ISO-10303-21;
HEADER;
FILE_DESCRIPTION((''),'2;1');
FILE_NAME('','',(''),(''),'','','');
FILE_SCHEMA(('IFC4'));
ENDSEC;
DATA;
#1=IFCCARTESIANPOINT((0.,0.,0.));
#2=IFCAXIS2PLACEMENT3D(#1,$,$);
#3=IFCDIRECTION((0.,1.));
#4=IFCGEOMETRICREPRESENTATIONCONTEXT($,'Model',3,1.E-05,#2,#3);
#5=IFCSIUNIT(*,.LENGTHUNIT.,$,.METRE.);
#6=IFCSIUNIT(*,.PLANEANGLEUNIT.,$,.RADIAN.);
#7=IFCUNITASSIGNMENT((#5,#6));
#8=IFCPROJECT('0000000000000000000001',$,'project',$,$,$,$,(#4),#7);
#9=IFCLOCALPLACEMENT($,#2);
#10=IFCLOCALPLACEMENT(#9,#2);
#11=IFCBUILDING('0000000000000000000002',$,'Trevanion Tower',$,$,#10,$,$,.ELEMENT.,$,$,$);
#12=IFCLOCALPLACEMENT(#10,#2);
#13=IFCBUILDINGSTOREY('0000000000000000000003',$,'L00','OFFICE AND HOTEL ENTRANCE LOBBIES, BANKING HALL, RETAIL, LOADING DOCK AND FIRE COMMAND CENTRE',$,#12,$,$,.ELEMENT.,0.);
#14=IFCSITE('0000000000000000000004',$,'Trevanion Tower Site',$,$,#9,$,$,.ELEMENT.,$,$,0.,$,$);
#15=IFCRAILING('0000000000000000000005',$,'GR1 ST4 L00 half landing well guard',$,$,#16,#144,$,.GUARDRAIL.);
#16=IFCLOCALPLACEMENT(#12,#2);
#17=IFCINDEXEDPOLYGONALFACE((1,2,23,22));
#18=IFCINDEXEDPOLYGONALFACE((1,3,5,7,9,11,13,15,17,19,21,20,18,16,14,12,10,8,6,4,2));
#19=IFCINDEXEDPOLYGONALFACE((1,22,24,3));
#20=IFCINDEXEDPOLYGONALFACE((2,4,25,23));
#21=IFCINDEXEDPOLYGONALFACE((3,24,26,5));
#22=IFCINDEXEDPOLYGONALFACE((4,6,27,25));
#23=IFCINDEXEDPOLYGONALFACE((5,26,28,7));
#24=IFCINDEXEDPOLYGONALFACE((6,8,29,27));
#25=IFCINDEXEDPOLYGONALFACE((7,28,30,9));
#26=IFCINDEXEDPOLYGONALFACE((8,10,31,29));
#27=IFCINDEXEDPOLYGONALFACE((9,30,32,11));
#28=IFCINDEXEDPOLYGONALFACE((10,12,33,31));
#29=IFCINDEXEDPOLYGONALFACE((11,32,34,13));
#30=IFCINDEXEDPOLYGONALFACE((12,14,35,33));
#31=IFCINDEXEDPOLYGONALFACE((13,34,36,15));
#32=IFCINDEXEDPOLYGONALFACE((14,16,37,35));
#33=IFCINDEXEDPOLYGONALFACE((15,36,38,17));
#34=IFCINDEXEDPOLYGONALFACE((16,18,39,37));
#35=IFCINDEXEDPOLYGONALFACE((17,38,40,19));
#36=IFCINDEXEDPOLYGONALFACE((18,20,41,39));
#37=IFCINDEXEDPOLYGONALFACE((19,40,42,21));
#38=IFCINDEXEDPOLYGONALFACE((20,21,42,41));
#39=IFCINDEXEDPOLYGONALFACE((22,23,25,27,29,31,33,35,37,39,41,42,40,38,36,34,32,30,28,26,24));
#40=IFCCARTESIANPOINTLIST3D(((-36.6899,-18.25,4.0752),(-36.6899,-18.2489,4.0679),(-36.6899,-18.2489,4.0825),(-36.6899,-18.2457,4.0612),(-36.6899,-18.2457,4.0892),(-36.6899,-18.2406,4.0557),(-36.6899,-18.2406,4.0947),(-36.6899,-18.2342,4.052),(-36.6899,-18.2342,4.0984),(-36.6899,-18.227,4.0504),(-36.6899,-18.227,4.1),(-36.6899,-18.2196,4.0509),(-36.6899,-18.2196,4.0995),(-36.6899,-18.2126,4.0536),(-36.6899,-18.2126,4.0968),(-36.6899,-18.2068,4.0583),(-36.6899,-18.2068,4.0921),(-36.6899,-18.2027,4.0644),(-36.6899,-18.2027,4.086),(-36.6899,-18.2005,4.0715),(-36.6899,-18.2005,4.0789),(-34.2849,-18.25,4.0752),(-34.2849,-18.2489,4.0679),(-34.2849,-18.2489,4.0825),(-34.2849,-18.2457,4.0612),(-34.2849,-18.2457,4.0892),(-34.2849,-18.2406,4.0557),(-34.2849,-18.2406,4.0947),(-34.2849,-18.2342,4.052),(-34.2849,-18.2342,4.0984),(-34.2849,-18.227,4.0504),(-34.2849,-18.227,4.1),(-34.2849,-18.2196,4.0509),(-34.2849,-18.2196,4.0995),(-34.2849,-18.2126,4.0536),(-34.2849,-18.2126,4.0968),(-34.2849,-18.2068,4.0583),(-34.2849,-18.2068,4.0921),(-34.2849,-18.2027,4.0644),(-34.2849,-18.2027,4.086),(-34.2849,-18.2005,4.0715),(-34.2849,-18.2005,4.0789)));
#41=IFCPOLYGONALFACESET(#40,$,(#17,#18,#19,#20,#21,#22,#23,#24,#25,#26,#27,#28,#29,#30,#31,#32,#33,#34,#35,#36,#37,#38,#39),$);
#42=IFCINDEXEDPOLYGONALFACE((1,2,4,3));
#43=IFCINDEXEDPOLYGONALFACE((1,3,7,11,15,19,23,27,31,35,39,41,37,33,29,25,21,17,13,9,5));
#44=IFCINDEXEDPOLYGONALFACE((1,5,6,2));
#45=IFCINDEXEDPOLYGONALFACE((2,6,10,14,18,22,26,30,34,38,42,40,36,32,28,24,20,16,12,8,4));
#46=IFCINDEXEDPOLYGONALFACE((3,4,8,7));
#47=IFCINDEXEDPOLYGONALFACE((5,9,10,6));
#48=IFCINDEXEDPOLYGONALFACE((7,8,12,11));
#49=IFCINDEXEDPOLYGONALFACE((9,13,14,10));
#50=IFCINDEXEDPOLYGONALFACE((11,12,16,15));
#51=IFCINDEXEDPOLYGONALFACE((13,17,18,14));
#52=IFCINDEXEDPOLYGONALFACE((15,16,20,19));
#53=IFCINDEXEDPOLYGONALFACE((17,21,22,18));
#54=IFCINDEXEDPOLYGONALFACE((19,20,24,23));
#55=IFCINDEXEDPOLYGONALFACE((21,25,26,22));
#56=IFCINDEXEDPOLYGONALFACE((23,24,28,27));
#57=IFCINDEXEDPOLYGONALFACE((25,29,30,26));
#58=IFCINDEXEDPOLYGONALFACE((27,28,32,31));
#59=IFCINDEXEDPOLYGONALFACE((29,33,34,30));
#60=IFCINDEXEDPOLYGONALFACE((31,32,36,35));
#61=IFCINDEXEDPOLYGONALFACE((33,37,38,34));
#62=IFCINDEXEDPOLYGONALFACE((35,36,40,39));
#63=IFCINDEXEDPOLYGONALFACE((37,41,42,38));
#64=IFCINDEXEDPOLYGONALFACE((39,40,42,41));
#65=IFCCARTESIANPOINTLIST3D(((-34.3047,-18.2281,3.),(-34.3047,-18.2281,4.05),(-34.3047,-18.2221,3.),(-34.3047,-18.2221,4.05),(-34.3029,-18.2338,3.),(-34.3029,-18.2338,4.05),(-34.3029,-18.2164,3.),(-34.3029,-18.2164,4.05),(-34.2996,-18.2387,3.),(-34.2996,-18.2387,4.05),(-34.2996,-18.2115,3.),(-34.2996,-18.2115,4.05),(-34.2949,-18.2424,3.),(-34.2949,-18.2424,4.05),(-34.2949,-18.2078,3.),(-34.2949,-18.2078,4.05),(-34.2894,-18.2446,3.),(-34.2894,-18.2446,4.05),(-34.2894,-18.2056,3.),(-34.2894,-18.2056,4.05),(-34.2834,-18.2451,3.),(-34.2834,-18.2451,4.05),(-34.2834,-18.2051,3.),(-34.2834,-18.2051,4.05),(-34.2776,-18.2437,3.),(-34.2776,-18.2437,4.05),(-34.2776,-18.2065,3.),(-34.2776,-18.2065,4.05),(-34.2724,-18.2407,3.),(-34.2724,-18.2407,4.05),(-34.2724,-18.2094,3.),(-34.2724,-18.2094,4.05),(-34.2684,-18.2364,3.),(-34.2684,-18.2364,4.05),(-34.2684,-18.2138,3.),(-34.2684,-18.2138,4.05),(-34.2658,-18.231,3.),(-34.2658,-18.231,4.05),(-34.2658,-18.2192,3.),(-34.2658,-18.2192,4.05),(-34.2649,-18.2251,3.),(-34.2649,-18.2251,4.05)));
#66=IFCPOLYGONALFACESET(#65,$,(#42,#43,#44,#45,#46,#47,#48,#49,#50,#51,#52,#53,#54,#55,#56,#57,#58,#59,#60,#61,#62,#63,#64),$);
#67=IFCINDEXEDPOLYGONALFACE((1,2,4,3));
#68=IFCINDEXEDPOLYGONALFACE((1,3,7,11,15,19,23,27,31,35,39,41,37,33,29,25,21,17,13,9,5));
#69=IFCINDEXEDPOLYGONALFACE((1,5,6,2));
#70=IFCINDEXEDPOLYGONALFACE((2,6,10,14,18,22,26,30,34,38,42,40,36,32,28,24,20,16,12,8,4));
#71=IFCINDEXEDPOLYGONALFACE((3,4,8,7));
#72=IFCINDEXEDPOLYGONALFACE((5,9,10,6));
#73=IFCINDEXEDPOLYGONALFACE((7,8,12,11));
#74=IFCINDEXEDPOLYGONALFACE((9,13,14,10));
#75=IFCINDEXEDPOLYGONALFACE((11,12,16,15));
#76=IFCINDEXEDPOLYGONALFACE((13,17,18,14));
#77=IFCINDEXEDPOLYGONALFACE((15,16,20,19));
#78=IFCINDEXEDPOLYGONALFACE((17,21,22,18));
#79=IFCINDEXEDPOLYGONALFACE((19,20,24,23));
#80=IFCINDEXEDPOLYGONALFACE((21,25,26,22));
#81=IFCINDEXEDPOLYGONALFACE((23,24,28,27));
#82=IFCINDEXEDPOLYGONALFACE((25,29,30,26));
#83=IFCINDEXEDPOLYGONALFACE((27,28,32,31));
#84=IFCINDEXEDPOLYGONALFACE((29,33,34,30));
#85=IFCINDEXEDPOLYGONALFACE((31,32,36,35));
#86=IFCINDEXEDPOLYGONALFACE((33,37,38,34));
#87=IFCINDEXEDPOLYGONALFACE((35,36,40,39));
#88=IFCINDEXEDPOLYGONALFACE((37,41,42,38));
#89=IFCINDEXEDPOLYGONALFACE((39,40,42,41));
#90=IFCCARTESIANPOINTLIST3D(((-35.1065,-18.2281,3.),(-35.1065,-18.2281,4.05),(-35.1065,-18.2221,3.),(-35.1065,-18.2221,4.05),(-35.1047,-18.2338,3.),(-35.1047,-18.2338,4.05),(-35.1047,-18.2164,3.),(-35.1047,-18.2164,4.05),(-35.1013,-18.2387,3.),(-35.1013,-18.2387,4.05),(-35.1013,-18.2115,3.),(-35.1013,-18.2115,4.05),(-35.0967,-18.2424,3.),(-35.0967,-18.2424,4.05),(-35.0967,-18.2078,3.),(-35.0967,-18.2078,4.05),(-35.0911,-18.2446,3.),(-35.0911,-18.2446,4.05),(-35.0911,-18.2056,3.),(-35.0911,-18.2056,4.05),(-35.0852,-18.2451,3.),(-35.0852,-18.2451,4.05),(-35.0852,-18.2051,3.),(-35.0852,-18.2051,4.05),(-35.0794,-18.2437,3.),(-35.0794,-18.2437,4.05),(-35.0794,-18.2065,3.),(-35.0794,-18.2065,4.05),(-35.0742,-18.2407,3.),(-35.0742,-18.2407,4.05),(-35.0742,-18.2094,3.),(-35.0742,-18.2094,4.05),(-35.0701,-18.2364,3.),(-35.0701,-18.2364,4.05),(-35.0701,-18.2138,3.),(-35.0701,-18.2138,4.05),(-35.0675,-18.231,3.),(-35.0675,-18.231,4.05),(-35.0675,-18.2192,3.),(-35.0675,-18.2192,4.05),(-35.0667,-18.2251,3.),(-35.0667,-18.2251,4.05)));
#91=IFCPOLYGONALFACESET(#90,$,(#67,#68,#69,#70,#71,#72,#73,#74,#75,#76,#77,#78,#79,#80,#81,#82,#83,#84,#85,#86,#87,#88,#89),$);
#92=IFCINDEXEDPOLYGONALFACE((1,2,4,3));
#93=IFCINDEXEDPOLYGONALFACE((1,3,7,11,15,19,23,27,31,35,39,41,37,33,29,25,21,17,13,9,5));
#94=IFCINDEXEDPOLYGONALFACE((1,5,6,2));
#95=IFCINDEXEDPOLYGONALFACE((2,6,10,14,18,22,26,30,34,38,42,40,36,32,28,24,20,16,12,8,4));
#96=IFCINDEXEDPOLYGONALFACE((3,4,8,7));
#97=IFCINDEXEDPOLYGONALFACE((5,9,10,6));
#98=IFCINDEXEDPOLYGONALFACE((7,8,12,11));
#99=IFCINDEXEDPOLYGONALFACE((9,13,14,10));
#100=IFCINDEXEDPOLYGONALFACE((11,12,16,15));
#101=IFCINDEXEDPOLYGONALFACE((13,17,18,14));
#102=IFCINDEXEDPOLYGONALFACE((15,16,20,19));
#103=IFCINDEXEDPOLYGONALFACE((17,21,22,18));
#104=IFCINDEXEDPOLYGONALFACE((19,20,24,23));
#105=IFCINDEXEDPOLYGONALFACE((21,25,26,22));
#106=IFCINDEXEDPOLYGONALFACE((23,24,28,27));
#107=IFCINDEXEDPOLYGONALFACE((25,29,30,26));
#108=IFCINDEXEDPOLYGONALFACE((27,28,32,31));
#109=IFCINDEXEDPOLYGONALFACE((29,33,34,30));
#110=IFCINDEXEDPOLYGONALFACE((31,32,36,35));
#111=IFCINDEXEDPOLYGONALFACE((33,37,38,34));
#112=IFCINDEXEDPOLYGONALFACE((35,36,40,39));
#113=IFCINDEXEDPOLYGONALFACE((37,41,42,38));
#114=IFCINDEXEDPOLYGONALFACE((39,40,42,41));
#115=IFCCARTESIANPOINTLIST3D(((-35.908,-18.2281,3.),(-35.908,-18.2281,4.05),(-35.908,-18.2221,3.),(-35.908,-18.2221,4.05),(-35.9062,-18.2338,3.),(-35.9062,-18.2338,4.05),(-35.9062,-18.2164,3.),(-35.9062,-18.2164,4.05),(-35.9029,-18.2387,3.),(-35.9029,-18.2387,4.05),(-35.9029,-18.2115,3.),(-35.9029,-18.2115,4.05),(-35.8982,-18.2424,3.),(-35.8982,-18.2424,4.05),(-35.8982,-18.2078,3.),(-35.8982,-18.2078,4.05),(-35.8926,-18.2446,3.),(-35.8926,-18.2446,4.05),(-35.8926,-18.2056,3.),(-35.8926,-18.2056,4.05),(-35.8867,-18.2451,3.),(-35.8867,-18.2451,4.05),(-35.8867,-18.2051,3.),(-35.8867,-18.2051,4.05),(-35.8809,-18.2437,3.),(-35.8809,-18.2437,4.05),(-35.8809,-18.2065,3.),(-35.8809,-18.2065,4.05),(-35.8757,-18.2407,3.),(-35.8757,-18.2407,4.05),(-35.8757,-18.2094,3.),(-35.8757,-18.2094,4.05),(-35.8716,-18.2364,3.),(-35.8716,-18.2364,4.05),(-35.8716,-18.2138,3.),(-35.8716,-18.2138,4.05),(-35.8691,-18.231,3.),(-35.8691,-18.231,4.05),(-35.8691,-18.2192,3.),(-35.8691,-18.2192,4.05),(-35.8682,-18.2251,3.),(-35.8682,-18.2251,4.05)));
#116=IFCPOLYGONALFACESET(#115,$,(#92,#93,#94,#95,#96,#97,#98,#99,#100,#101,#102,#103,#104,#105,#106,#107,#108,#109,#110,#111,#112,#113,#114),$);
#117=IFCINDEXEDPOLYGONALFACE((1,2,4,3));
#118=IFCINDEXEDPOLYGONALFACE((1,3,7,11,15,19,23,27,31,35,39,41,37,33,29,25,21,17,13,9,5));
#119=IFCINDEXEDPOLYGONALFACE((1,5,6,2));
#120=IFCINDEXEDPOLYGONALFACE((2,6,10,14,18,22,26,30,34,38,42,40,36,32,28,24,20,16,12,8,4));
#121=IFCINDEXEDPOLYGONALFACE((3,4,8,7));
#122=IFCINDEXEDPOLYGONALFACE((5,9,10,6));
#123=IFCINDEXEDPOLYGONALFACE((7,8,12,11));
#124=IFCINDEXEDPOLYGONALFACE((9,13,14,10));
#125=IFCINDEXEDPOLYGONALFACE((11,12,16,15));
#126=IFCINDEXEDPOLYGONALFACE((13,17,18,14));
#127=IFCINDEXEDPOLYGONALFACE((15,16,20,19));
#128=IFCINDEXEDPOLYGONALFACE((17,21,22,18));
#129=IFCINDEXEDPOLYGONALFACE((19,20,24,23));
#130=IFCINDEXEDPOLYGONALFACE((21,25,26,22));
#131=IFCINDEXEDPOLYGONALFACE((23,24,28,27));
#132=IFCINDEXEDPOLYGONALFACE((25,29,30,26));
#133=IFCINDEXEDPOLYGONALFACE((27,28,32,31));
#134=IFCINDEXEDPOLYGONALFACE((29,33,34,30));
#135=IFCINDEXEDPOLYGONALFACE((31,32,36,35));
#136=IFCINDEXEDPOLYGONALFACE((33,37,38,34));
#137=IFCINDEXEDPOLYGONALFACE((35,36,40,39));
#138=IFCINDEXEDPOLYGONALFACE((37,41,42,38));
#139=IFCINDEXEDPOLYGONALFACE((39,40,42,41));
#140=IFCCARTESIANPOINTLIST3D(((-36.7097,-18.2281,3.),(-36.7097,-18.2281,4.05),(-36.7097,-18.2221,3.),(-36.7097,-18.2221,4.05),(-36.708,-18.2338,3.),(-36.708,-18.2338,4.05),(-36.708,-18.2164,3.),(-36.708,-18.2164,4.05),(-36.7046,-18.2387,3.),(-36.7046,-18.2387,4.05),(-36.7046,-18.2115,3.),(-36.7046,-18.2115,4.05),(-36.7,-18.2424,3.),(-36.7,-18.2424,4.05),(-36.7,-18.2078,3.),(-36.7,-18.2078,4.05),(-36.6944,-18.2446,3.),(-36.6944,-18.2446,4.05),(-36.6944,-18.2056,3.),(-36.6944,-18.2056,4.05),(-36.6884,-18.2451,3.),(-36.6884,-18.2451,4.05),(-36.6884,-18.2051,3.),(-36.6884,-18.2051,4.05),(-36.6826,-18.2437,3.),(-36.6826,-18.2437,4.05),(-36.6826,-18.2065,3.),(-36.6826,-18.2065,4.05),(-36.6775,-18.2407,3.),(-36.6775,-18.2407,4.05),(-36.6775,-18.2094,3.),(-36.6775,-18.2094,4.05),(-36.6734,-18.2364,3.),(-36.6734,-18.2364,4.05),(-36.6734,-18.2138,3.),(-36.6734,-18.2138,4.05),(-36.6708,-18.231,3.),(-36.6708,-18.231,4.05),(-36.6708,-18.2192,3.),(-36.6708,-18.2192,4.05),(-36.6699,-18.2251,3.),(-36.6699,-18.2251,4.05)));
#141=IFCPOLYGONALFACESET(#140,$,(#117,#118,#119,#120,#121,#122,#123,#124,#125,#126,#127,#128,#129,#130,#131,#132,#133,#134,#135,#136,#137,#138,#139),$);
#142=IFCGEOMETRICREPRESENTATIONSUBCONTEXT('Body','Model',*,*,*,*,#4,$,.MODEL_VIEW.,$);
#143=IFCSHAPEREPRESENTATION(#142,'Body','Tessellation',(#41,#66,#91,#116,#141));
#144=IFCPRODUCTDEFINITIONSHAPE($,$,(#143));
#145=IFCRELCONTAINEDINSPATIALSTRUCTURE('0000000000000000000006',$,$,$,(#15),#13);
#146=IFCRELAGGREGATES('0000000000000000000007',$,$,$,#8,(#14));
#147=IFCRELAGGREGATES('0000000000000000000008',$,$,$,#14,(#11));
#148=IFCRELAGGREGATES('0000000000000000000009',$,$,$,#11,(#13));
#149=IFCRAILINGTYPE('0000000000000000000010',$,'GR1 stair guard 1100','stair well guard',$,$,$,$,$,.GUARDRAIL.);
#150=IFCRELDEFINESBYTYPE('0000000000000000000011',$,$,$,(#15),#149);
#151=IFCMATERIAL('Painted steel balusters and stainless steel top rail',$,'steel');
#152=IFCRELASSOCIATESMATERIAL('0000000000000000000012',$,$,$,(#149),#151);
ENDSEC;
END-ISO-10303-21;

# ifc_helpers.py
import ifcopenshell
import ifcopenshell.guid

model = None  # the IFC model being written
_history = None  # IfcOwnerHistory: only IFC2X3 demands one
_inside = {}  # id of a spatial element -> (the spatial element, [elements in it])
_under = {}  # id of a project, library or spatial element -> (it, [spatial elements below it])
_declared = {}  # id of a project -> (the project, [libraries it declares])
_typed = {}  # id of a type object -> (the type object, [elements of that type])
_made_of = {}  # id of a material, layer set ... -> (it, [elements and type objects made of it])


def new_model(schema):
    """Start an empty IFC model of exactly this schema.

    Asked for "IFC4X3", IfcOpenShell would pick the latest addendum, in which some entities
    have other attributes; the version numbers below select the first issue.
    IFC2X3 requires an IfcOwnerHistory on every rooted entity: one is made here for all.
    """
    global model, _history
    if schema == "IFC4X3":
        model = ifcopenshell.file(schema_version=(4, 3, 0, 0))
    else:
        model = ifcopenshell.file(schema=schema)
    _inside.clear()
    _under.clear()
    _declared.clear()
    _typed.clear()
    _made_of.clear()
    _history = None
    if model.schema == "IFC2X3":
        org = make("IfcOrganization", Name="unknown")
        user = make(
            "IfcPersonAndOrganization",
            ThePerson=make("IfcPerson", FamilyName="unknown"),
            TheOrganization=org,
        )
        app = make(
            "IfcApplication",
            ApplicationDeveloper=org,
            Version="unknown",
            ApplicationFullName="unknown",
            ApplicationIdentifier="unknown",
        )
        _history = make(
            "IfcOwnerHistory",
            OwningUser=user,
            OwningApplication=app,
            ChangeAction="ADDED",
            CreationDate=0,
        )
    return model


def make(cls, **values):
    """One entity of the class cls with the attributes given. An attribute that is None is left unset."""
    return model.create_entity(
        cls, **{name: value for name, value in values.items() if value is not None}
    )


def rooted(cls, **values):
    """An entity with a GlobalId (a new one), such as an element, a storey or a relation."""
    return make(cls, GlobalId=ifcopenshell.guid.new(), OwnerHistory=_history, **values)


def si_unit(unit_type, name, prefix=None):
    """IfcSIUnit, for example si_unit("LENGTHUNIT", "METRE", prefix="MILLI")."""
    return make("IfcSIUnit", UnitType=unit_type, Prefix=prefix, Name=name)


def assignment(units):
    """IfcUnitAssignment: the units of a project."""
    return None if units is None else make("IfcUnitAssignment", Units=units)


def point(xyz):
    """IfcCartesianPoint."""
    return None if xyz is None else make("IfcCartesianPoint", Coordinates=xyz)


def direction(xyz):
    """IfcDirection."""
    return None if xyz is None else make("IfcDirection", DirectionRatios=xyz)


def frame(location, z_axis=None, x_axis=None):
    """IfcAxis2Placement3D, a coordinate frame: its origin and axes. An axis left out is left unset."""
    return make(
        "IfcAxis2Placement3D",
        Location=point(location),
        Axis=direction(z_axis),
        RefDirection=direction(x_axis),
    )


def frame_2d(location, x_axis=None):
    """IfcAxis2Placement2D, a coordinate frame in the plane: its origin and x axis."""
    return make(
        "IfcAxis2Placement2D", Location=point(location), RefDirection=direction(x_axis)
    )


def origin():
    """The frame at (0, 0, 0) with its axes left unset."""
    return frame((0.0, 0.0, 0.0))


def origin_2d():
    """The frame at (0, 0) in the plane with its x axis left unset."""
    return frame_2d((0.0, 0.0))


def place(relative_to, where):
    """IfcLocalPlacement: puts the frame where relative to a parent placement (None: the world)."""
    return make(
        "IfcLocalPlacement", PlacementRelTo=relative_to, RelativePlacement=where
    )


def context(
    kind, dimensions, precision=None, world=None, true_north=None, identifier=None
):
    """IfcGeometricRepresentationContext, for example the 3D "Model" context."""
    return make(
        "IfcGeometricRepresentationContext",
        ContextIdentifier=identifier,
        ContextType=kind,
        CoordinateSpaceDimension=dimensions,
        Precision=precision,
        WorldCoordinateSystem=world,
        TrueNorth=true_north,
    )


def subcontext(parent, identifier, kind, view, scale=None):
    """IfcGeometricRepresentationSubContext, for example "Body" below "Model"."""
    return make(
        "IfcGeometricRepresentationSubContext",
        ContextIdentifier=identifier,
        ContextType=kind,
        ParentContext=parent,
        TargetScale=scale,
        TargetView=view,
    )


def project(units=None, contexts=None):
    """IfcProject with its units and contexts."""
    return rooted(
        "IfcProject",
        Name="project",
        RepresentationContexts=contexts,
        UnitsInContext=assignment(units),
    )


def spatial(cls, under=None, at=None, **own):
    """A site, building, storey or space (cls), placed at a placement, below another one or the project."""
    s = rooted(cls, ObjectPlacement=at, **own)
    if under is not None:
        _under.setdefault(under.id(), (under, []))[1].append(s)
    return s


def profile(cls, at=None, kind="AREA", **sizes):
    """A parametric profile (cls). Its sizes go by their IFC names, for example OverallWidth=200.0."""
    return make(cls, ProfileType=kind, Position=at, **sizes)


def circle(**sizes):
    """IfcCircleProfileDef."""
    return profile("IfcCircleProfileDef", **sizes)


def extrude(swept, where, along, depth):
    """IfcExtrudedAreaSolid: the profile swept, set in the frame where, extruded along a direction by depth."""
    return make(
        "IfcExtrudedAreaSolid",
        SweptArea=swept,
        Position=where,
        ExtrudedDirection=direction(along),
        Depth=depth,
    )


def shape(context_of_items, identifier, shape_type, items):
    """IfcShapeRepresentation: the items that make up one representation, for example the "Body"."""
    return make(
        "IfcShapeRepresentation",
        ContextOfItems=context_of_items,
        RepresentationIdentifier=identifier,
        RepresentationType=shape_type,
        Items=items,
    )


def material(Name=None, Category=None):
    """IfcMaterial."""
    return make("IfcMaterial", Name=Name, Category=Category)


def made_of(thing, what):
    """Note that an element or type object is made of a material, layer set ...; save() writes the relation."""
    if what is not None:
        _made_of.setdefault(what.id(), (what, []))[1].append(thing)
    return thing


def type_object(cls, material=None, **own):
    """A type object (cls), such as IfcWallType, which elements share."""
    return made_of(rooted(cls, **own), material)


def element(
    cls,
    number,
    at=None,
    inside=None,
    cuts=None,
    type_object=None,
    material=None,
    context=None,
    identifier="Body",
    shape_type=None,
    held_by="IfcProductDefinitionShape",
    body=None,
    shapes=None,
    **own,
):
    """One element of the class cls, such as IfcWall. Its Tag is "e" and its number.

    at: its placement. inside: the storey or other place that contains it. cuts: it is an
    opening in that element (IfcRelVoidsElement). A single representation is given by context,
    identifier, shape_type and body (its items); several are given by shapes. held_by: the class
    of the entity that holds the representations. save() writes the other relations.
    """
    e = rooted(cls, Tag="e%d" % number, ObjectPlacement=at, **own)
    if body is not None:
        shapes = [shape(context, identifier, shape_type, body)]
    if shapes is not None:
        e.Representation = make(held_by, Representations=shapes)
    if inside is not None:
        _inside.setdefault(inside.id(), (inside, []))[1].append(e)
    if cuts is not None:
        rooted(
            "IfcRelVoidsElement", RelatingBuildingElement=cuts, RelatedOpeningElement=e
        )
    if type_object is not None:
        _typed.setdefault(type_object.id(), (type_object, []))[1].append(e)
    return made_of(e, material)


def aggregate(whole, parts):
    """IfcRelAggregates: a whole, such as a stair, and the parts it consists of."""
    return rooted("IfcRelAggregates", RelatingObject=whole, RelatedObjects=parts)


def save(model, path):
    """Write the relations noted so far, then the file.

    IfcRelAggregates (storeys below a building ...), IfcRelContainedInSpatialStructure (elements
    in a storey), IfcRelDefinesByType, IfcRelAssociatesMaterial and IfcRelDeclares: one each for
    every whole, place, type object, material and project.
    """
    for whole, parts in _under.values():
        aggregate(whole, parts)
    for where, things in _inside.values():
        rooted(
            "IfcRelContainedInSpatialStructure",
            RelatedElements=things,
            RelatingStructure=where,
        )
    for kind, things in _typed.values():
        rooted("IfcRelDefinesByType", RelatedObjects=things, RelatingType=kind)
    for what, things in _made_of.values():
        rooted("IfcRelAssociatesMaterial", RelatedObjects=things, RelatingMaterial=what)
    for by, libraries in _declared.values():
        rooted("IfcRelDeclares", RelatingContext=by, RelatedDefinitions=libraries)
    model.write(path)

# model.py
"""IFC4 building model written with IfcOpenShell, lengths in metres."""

from ifc_helpers import new_model, si_unit, direction, frame, origin, origin_2d, place, context, subcontext, project, spatial, circle, extrude, material, type_object, element, save


model = new_model("IFC4")

# Units and contexts
model_context = context("Model", 3, precision=1e-05, world=origin(), true_north=direction((0.0, 1.0)))
body_context = subcontext(model_context, "Body", "Model", "MODEL_VIEW")
ifc_project = project(units=[si_unit("LENGTHUNIT", "METRE"), si_unit("PLANEANGLEUNIT", "RADIAN")], contexts=[model_context])

# Site, building, storey
site_placement = place(None, origin())
site = spatial("IfcSite", under=ifc_project, at=site_placement, Name="Trevanion Tower Site", CompositionType="ELEMENT", RefElevation=0.0)
building_placement = place(site_placement, origin())
building = spatial("IfcBuilding", under=site, at=building_placement, Name="Trevanion Tower", CompositionType="ELEMENT")
storey_placement = place(building_placement, origin())
storey = spatial("IfcBuildingStorey", under=building, at=storey_placement, Name="L00", Description="OFFICE AND HOTEL ENTRANCE LOBBIES, BANKING HALL, RETAIL, LOADING DOCK AND FIRE COMMAND CENTRE", CompositionType="ELEMENT", Elevation=0.0)

# Railing
ifc_material_1 = material(Name="Painted steel balusters and stainless steel top rail", Category="steel")
railing_type_1 = type_object("IfcRailingType", Name="GR1 stair guard 1100", Description="stair well guard", PredefinedType="GUARDRAIL", material=ifc_material_1)
for number, where, name in (
    (1, (-34.2849, -18.2251, 3.0), "GR1 ST4 L00 half landing well guard"),
):
    element("IfcRailing", number, at=place(storey_placement, frame(where)), inside=storey, type_object=railing_type_1, Name=name, PredefinedType="GUARDRAIL", context=body_context, shape_type="SweptSolid", body=[
        extrude(circle(Radius=0.0249, at=origin_2d()), frame((0.0, 0.0, 1.0752), z_axis=(-1.0, 0.0, 0.0), x_axis=(0.0, -1.0, 0.0)), (0.0, 0.0, 1.0), 2.405),
        extrude(circle(Radius=0.02, at=origin_2d()), origin(), (0.0, 0.0, 1.0), 1.05),
        extrude(circle(Radius=0.02, at=origin_2d()), frame((-0.8018, 0.0, 0.0)), (0.0, 0.0, 1.0), 1.05),
        extrude(circle(Radius=0.02, at=origin_2d()), frame((-1.6033, 0.0, 0.0)), (0.0, 0.0, 1.0), 1.05),
        extrude(circle(Radius=0.02, at=origin_2d()), frame((-2.405, 0.0, 0.0)), (0.0, 0.0, 1.0), 1.05),
    ])

save(model, "model.ifc")
